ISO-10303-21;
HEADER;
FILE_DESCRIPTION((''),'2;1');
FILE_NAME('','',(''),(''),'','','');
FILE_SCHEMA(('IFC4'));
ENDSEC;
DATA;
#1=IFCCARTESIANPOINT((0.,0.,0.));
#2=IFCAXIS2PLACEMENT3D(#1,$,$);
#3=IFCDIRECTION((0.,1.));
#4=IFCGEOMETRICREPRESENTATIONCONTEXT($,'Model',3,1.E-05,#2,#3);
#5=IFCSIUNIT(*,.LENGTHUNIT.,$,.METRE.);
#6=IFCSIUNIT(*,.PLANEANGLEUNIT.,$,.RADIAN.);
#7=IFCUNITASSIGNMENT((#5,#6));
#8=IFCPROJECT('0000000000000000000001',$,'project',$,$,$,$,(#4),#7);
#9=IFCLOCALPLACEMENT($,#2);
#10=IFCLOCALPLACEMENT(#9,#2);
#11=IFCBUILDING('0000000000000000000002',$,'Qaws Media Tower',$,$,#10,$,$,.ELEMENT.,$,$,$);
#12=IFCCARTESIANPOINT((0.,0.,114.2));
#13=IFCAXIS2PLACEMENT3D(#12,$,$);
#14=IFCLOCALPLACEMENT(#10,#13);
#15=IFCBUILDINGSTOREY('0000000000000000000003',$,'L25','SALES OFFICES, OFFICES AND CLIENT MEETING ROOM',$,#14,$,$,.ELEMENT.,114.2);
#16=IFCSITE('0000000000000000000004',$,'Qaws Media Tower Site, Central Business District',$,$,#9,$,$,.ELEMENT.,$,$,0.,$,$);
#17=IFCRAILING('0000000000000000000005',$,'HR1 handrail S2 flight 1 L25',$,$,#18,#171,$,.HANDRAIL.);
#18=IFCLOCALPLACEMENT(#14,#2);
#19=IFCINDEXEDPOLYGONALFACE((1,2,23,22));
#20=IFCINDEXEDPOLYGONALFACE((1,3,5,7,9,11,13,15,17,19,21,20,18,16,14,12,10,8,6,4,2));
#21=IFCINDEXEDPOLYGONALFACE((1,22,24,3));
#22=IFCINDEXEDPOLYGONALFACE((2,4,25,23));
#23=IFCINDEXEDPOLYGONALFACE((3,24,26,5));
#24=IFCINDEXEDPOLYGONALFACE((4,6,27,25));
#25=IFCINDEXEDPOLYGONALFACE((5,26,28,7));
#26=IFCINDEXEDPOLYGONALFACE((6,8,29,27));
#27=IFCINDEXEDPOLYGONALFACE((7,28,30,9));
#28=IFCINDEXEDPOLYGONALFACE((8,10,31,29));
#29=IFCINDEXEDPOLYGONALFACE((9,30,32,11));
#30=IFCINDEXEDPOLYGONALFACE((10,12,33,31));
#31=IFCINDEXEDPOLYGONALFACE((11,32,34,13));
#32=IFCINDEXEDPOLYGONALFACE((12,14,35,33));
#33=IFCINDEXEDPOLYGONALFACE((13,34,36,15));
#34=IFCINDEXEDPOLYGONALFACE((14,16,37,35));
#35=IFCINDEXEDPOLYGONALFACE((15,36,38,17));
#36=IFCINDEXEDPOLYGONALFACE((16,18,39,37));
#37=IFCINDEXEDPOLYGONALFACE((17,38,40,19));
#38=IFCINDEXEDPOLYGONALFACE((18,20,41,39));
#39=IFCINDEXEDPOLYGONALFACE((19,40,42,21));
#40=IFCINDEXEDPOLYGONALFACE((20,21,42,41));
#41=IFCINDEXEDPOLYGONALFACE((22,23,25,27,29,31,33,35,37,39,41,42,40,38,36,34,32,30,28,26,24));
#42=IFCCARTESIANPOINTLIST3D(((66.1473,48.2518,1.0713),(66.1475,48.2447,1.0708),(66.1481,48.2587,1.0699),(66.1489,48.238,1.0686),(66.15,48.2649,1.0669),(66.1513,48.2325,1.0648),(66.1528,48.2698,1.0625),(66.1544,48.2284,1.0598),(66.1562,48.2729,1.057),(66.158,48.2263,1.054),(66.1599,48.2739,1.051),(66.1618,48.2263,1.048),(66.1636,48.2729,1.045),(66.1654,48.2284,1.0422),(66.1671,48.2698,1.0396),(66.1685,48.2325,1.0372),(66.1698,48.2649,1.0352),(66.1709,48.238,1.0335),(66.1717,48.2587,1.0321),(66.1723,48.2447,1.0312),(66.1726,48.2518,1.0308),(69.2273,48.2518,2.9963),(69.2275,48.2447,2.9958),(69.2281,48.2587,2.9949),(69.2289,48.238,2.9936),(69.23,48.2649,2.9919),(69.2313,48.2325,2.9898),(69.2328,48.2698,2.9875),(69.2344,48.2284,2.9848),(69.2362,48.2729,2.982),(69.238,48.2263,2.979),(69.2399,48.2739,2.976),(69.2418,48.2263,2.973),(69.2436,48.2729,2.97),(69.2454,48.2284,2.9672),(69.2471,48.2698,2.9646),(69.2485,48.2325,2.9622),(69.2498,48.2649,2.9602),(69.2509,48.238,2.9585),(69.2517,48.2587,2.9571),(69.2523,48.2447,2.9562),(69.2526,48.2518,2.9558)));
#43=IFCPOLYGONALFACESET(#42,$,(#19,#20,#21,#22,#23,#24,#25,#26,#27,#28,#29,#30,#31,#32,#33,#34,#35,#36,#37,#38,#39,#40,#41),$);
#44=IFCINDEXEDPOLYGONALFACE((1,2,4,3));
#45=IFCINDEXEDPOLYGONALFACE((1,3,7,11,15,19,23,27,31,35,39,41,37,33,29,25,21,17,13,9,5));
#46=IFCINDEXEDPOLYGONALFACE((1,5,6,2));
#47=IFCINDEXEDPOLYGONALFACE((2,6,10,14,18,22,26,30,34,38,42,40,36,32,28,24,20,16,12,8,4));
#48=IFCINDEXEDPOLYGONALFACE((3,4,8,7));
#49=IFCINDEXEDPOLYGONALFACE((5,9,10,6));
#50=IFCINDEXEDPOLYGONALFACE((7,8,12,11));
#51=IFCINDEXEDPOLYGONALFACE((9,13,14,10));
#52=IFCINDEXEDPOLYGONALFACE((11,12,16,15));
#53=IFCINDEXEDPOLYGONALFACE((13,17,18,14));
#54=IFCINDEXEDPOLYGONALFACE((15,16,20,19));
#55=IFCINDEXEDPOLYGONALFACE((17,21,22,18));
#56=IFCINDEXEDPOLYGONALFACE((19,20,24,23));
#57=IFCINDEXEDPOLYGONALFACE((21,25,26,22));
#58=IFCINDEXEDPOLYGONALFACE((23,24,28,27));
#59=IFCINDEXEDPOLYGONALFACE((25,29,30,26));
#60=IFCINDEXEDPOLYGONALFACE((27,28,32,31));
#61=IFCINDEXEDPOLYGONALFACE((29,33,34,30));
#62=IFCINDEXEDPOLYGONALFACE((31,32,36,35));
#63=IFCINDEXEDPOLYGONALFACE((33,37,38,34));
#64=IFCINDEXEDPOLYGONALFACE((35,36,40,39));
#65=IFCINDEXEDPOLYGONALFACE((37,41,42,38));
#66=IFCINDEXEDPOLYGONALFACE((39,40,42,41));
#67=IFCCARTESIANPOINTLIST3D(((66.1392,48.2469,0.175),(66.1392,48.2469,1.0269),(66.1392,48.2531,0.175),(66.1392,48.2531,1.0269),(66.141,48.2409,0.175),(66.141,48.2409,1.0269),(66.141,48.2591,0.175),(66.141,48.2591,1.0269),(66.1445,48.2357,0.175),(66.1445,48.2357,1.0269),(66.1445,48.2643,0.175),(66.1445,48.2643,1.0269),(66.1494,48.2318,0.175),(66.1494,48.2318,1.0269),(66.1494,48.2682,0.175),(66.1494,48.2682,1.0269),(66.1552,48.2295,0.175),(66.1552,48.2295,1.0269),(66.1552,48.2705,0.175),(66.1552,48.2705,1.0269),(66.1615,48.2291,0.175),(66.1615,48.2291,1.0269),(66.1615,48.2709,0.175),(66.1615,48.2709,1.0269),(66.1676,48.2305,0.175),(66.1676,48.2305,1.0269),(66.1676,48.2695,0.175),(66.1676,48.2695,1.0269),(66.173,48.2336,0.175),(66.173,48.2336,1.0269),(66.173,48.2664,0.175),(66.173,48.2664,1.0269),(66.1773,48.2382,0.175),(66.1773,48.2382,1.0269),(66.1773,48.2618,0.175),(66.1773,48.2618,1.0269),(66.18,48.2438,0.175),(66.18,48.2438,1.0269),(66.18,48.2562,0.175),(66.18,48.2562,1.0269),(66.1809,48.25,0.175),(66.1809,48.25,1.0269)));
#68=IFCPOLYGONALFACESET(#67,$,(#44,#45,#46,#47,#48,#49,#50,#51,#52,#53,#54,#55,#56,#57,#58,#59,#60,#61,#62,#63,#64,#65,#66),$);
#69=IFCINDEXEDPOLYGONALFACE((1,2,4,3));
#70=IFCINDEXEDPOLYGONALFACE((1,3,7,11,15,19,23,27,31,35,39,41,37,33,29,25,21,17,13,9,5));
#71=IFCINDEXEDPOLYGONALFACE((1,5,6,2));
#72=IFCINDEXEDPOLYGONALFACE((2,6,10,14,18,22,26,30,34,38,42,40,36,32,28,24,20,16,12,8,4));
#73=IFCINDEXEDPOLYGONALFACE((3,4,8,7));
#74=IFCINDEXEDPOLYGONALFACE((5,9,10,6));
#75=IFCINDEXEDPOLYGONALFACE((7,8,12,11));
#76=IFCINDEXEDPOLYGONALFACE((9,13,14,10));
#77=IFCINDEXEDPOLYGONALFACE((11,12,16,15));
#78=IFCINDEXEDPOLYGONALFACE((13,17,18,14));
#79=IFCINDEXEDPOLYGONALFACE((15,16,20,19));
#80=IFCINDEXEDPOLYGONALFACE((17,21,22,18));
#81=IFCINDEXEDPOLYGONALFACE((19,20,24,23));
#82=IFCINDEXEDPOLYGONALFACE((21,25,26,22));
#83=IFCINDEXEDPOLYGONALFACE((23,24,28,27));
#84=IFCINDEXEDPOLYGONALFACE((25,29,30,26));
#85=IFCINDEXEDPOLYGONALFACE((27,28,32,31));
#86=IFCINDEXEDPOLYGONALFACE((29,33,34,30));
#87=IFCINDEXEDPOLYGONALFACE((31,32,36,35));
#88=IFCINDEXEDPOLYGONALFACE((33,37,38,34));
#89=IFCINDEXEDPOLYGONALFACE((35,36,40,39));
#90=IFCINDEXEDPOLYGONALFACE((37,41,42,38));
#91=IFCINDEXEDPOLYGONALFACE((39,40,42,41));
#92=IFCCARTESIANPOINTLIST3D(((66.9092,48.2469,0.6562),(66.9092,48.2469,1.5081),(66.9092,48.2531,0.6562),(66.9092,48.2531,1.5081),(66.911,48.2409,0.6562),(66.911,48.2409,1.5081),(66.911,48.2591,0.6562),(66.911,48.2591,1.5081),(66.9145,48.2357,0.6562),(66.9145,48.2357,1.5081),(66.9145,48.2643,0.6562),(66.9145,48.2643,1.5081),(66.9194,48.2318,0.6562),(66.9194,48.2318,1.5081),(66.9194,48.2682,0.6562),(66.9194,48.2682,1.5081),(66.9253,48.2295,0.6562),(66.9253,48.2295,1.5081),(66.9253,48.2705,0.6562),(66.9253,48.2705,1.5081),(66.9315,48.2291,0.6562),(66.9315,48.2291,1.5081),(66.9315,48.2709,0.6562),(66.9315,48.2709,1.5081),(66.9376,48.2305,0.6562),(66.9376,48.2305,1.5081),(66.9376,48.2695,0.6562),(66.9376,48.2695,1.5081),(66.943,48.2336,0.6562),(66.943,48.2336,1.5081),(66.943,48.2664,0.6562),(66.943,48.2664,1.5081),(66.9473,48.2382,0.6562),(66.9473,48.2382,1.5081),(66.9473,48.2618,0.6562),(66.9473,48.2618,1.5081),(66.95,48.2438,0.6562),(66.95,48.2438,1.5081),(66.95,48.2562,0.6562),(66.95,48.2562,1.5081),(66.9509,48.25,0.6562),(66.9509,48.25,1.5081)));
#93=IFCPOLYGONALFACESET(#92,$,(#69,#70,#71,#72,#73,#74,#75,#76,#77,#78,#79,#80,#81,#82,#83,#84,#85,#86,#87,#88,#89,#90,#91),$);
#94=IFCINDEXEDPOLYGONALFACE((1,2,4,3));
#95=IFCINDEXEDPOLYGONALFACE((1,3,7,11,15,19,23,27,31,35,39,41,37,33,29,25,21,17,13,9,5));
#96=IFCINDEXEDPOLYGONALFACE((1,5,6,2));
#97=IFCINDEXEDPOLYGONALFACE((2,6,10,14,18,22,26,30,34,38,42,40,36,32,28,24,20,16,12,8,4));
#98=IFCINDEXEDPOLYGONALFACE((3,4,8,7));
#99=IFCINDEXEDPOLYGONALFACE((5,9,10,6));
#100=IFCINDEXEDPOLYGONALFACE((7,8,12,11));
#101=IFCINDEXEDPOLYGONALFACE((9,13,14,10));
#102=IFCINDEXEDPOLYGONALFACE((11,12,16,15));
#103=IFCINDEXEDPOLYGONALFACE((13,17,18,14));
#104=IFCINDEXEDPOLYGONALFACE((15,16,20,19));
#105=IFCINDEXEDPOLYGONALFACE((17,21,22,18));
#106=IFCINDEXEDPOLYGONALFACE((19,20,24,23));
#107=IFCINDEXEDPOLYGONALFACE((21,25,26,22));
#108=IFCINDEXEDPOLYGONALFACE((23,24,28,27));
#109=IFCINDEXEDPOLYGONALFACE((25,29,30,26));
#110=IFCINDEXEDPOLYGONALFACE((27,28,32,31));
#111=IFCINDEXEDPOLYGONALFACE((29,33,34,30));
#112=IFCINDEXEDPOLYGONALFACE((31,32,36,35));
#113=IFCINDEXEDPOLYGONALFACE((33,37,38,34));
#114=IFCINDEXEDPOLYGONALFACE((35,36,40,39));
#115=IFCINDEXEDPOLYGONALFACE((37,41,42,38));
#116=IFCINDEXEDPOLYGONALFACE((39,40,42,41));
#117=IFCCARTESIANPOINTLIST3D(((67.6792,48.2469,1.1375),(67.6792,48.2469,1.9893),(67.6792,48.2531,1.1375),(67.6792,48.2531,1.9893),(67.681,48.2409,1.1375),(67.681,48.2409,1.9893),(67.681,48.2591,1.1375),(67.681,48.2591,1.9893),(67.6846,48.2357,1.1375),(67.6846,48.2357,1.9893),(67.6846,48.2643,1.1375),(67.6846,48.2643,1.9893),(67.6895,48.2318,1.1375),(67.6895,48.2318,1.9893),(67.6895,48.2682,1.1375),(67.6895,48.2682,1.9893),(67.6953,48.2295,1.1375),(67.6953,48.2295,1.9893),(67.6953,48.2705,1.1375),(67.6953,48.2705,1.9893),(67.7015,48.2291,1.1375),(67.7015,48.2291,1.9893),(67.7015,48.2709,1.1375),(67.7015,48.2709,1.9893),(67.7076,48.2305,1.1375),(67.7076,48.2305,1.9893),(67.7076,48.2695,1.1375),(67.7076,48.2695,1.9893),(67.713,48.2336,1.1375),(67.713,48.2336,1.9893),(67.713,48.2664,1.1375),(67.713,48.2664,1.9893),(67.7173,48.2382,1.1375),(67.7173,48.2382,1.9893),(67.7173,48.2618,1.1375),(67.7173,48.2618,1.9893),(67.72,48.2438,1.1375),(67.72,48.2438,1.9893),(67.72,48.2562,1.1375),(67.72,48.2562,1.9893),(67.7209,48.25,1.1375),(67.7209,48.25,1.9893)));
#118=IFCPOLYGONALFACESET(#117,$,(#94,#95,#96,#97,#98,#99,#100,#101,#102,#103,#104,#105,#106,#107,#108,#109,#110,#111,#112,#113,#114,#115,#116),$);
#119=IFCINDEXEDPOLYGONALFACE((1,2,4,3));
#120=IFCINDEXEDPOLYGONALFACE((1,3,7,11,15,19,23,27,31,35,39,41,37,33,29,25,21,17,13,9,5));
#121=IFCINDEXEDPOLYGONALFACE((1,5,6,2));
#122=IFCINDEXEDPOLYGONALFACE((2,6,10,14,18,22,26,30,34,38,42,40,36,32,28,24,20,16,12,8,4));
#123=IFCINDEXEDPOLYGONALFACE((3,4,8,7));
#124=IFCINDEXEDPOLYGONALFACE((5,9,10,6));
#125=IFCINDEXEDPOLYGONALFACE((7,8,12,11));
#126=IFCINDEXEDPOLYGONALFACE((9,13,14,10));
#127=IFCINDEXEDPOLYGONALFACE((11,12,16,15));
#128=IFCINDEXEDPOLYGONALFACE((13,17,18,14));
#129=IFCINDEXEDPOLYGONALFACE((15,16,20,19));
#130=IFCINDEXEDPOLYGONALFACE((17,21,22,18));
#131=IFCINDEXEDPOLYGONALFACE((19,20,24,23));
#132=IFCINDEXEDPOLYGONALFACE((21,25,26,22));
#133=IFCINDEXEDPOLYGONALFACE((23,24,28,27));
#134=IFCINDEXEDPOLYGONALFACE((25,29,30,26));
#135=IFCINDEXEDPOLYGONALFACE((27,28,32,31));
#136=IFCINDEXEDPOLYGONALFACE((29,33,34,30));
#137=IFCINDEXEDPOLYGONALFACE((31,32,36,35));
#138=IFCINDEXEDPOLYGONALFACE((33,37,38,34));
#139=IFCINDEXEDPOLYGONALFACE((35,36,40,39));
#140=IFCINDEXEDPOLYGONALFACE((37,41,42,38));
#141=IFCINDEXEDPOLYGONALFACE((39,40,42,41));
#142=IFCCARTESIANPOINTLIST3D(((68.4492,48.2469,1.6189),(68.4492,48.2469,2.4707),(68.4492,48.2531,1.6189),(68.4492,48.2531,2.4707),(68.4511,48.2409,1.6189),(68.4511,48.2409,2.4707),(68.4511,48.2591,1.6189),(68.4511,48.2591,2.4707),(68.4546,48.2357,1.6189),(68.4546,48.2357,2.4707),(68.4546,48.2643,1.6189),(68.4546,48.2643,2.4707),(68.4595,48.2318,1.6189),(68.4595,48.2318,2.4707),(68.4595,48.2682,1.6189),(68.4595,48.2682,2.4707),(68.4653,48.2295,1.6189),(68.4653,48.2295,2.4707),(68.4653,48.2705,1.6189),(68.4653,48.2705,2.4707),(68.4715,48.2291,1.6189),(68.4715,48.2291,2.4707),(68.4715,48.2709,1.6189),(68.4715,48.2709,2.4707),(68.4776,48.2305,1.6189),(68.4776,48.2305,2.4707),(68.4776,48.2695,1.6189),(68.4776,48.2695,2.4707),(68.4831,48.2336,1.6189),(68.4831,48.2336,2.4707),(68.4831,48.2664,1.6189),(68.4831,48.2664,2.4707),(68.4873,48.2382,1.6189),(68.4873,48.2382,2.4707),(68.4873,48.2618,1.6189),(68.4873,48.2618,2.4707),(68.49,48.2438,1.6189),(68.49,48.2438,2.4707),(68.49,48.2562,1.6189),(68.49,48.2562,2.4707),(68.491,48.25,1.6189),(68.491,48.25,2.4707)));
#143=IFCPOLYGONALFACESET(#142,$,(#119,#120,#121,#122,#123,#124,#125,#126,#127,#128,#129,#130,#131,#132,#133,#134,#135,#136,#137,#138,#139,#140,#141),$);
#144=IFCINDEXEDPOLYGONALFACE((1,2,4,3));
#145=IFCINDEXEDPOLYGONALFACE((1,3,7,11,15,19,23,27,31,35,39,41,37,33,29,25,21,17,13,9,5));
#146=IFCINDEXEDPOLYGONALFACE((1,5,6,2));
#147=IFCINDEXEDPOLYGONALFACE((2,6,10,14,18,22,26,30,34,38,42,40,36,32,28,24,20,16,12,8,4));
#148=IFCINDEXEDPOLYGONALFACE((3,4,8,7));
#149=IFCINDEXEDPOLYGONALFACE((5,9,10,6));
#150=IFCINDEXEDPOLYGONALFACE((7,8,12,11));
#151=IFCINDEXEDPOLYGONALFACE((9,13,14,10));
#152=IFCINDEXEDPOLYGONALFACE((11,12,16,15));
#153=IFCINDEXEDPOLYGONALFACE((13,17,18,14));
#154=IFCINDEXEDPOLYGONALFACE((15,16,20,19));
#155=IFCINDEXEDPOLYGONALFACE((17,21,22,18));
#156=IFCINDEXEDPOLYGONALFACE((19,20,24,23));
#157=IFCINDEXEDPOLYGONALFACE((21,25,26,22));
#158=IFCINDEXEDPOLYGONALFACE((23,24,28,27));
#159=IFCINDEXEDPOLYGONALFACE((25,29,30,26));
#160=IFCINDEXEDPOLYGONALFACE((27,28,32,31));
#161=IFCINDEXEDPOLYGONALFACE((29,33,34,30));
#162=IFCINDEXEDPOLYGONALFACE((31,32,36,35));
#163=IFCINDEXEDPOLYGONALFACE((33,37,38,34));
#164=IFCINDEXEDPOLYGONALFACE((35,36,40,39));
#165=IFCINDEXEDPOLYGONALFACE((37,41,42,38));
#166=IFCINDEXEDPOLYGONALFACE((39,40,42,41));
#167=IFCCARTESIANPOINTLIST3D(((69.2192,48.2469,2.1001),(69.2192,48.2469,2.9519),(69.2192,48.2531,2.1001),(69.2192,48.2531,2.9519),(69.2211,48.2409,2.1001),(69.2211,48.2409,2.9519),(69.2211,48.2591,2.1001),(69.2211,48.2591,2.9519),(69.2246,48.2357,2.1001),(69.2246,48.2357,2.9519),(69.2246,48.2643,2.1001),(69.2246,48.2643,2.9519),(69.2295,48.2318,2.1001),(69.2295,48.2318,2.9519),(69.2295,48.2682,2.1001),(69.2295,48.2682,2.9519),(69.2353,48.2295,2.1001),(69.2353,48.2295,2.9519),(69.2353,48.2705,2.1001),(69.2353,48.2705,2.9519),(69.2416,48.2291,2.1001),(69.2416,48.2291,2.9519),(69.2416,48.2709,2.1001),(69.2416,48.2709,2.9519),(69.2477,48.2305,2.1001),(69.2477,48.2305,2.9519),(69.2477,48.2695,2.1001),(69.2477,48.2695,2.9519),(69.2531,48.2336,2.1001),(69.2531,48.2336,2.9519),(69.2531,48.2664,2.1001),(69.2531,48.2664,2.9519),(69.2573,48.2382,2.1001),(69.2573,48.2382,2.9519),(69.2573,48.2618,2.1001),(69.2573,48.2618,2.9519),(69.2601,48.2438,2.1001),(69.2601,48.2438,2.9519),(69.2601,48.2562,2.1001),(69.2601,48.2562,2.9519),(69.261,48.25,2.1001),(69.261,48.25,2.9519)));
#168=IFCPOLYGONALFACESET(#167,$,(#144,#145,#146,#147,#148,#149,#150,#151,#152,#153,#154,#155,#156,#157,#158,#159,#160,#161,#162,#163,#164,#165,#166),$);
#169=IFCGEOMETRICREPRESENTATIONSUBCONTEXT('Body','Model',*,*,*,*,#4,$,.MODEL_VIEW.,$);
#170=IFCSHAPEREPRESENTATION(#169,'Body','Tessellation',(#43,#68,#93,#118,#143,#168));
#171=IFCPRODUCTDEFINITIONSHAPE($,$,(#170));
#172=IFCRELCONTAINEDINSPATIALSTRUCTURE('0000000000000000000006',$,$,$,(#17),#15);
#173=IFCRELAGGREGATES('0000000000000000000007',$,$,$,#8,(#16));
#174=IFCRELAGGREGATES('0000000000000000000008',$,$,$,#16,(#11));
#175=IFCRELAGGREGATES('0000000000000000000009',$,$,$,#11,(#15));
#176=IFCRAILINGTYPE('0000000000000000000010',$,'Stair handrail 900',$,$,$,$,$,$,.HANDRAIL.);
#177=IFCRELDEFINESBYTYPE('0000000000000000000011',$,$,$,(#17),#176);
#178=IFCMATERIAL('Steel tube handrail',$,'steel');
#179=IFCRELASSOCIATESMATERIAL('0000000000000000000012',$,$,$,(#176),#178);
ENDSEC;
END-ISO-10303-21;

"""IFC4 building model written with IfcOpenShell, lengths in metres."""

from ifc_helpers import new_model, si_unit, direction, frame, origin, origin_2d, place, context, subcontext, project, spatial, circle, extrude, material, type_object, element, save


model = new_model("IFC4")

# Units and contexts
model_context = context("Model", 3, precision=1e-05, world=origin(), true_north=direction((0.0, 1.0)))
body_context = subcontext(model_context, "Body", "Model", "MODEL_VIEW")
ifc_project = project(units=[si_unit("LENGTHUNIT", "METRE"), si_unit("PLANEANGLEUNIT", "RADIAN")], contexts=[model_context])

# Site, building, storey
site_placement = place(None, origin())
site = spatial("IfcSite", under=ifc_project, at=site_placement, Name="Qaws Media Tower Site, Central Business District", CompositionType="ELEMENT", RefElevation=0.0)
building_placement = place(site_placement, origin())
building = spatial("IfcBuilding", under=site, at=building_placement, Name="Qaws Media Tower", CompositionType="ELEMENT")
storey_placement = place(building_placement, frame((0.0, 0.0, 114.2)))
storey = spatial("IfcBuildingStorey", under=building, at=storey_placement, Name="L25", Description="SALES OFFICES, OFFICES AND CLIENT MEETING ROOM", CompositionType="ELEMENT", Elevation=114.2)

# Railing
ifc_material_1 = material(Name="Steel tube handrail", Category="steel")
railing_type = type_object("IfcRailingType", Name="Stair handrail 900", PredefinedType="HANDRAIL", material=ifc_material_1)
for number, where, name in (
    (1, (66.1599, 48.25, 0.175), "HR1 handrail S2 flight 1 L25"),
):
    element("IfcRailing", number, at=place(storey_placement, frame(where)), inside=storey, type_object=railing_type, Name=name, PredefinedType="HANDRAIL", context=body_context, shape_type="SweptSolid", body=[
        extrude(circle(Radius=0.0239, at=origin_2d()), frame((0.0, 0.0, 0.876), z_axis=(0.847998, 0.0, 0.529999), x_axis=(0.0, 1.0, 0.0)), (0.0, 0.0, 1.0), 3.6321),
        extrude(circle(Radius=0.021, at=origin_2d()), origin(), (0.0, 0.0, 1.0), 0.8518),
        extrude(circle(Radius=0.021, at=origin_2d()), frame((0.77, 0.0, 0.4812)), (0.0, 0.0, 1.0), 0.8518),
        extrude(circle(Radius=0.021, at=origin_2d()), frame((1.54, 0.0, 0.9624)), (0.0, 0.0, 1.0), 0.8518),
        extrude(circle(Radius=0.021, at=origin_2d()), frame((2.3101, 0.0, 1.4438)), (0.0, 0.0, 1.0), 0.8518),
        extrude(circle(Radius=0.021, at=origin_2d()), frame((3.0801, 0.0, 1.925)), (0.0, 0.0, 1.0), 0.8518),
    ])

save(model, "model.ifc")
